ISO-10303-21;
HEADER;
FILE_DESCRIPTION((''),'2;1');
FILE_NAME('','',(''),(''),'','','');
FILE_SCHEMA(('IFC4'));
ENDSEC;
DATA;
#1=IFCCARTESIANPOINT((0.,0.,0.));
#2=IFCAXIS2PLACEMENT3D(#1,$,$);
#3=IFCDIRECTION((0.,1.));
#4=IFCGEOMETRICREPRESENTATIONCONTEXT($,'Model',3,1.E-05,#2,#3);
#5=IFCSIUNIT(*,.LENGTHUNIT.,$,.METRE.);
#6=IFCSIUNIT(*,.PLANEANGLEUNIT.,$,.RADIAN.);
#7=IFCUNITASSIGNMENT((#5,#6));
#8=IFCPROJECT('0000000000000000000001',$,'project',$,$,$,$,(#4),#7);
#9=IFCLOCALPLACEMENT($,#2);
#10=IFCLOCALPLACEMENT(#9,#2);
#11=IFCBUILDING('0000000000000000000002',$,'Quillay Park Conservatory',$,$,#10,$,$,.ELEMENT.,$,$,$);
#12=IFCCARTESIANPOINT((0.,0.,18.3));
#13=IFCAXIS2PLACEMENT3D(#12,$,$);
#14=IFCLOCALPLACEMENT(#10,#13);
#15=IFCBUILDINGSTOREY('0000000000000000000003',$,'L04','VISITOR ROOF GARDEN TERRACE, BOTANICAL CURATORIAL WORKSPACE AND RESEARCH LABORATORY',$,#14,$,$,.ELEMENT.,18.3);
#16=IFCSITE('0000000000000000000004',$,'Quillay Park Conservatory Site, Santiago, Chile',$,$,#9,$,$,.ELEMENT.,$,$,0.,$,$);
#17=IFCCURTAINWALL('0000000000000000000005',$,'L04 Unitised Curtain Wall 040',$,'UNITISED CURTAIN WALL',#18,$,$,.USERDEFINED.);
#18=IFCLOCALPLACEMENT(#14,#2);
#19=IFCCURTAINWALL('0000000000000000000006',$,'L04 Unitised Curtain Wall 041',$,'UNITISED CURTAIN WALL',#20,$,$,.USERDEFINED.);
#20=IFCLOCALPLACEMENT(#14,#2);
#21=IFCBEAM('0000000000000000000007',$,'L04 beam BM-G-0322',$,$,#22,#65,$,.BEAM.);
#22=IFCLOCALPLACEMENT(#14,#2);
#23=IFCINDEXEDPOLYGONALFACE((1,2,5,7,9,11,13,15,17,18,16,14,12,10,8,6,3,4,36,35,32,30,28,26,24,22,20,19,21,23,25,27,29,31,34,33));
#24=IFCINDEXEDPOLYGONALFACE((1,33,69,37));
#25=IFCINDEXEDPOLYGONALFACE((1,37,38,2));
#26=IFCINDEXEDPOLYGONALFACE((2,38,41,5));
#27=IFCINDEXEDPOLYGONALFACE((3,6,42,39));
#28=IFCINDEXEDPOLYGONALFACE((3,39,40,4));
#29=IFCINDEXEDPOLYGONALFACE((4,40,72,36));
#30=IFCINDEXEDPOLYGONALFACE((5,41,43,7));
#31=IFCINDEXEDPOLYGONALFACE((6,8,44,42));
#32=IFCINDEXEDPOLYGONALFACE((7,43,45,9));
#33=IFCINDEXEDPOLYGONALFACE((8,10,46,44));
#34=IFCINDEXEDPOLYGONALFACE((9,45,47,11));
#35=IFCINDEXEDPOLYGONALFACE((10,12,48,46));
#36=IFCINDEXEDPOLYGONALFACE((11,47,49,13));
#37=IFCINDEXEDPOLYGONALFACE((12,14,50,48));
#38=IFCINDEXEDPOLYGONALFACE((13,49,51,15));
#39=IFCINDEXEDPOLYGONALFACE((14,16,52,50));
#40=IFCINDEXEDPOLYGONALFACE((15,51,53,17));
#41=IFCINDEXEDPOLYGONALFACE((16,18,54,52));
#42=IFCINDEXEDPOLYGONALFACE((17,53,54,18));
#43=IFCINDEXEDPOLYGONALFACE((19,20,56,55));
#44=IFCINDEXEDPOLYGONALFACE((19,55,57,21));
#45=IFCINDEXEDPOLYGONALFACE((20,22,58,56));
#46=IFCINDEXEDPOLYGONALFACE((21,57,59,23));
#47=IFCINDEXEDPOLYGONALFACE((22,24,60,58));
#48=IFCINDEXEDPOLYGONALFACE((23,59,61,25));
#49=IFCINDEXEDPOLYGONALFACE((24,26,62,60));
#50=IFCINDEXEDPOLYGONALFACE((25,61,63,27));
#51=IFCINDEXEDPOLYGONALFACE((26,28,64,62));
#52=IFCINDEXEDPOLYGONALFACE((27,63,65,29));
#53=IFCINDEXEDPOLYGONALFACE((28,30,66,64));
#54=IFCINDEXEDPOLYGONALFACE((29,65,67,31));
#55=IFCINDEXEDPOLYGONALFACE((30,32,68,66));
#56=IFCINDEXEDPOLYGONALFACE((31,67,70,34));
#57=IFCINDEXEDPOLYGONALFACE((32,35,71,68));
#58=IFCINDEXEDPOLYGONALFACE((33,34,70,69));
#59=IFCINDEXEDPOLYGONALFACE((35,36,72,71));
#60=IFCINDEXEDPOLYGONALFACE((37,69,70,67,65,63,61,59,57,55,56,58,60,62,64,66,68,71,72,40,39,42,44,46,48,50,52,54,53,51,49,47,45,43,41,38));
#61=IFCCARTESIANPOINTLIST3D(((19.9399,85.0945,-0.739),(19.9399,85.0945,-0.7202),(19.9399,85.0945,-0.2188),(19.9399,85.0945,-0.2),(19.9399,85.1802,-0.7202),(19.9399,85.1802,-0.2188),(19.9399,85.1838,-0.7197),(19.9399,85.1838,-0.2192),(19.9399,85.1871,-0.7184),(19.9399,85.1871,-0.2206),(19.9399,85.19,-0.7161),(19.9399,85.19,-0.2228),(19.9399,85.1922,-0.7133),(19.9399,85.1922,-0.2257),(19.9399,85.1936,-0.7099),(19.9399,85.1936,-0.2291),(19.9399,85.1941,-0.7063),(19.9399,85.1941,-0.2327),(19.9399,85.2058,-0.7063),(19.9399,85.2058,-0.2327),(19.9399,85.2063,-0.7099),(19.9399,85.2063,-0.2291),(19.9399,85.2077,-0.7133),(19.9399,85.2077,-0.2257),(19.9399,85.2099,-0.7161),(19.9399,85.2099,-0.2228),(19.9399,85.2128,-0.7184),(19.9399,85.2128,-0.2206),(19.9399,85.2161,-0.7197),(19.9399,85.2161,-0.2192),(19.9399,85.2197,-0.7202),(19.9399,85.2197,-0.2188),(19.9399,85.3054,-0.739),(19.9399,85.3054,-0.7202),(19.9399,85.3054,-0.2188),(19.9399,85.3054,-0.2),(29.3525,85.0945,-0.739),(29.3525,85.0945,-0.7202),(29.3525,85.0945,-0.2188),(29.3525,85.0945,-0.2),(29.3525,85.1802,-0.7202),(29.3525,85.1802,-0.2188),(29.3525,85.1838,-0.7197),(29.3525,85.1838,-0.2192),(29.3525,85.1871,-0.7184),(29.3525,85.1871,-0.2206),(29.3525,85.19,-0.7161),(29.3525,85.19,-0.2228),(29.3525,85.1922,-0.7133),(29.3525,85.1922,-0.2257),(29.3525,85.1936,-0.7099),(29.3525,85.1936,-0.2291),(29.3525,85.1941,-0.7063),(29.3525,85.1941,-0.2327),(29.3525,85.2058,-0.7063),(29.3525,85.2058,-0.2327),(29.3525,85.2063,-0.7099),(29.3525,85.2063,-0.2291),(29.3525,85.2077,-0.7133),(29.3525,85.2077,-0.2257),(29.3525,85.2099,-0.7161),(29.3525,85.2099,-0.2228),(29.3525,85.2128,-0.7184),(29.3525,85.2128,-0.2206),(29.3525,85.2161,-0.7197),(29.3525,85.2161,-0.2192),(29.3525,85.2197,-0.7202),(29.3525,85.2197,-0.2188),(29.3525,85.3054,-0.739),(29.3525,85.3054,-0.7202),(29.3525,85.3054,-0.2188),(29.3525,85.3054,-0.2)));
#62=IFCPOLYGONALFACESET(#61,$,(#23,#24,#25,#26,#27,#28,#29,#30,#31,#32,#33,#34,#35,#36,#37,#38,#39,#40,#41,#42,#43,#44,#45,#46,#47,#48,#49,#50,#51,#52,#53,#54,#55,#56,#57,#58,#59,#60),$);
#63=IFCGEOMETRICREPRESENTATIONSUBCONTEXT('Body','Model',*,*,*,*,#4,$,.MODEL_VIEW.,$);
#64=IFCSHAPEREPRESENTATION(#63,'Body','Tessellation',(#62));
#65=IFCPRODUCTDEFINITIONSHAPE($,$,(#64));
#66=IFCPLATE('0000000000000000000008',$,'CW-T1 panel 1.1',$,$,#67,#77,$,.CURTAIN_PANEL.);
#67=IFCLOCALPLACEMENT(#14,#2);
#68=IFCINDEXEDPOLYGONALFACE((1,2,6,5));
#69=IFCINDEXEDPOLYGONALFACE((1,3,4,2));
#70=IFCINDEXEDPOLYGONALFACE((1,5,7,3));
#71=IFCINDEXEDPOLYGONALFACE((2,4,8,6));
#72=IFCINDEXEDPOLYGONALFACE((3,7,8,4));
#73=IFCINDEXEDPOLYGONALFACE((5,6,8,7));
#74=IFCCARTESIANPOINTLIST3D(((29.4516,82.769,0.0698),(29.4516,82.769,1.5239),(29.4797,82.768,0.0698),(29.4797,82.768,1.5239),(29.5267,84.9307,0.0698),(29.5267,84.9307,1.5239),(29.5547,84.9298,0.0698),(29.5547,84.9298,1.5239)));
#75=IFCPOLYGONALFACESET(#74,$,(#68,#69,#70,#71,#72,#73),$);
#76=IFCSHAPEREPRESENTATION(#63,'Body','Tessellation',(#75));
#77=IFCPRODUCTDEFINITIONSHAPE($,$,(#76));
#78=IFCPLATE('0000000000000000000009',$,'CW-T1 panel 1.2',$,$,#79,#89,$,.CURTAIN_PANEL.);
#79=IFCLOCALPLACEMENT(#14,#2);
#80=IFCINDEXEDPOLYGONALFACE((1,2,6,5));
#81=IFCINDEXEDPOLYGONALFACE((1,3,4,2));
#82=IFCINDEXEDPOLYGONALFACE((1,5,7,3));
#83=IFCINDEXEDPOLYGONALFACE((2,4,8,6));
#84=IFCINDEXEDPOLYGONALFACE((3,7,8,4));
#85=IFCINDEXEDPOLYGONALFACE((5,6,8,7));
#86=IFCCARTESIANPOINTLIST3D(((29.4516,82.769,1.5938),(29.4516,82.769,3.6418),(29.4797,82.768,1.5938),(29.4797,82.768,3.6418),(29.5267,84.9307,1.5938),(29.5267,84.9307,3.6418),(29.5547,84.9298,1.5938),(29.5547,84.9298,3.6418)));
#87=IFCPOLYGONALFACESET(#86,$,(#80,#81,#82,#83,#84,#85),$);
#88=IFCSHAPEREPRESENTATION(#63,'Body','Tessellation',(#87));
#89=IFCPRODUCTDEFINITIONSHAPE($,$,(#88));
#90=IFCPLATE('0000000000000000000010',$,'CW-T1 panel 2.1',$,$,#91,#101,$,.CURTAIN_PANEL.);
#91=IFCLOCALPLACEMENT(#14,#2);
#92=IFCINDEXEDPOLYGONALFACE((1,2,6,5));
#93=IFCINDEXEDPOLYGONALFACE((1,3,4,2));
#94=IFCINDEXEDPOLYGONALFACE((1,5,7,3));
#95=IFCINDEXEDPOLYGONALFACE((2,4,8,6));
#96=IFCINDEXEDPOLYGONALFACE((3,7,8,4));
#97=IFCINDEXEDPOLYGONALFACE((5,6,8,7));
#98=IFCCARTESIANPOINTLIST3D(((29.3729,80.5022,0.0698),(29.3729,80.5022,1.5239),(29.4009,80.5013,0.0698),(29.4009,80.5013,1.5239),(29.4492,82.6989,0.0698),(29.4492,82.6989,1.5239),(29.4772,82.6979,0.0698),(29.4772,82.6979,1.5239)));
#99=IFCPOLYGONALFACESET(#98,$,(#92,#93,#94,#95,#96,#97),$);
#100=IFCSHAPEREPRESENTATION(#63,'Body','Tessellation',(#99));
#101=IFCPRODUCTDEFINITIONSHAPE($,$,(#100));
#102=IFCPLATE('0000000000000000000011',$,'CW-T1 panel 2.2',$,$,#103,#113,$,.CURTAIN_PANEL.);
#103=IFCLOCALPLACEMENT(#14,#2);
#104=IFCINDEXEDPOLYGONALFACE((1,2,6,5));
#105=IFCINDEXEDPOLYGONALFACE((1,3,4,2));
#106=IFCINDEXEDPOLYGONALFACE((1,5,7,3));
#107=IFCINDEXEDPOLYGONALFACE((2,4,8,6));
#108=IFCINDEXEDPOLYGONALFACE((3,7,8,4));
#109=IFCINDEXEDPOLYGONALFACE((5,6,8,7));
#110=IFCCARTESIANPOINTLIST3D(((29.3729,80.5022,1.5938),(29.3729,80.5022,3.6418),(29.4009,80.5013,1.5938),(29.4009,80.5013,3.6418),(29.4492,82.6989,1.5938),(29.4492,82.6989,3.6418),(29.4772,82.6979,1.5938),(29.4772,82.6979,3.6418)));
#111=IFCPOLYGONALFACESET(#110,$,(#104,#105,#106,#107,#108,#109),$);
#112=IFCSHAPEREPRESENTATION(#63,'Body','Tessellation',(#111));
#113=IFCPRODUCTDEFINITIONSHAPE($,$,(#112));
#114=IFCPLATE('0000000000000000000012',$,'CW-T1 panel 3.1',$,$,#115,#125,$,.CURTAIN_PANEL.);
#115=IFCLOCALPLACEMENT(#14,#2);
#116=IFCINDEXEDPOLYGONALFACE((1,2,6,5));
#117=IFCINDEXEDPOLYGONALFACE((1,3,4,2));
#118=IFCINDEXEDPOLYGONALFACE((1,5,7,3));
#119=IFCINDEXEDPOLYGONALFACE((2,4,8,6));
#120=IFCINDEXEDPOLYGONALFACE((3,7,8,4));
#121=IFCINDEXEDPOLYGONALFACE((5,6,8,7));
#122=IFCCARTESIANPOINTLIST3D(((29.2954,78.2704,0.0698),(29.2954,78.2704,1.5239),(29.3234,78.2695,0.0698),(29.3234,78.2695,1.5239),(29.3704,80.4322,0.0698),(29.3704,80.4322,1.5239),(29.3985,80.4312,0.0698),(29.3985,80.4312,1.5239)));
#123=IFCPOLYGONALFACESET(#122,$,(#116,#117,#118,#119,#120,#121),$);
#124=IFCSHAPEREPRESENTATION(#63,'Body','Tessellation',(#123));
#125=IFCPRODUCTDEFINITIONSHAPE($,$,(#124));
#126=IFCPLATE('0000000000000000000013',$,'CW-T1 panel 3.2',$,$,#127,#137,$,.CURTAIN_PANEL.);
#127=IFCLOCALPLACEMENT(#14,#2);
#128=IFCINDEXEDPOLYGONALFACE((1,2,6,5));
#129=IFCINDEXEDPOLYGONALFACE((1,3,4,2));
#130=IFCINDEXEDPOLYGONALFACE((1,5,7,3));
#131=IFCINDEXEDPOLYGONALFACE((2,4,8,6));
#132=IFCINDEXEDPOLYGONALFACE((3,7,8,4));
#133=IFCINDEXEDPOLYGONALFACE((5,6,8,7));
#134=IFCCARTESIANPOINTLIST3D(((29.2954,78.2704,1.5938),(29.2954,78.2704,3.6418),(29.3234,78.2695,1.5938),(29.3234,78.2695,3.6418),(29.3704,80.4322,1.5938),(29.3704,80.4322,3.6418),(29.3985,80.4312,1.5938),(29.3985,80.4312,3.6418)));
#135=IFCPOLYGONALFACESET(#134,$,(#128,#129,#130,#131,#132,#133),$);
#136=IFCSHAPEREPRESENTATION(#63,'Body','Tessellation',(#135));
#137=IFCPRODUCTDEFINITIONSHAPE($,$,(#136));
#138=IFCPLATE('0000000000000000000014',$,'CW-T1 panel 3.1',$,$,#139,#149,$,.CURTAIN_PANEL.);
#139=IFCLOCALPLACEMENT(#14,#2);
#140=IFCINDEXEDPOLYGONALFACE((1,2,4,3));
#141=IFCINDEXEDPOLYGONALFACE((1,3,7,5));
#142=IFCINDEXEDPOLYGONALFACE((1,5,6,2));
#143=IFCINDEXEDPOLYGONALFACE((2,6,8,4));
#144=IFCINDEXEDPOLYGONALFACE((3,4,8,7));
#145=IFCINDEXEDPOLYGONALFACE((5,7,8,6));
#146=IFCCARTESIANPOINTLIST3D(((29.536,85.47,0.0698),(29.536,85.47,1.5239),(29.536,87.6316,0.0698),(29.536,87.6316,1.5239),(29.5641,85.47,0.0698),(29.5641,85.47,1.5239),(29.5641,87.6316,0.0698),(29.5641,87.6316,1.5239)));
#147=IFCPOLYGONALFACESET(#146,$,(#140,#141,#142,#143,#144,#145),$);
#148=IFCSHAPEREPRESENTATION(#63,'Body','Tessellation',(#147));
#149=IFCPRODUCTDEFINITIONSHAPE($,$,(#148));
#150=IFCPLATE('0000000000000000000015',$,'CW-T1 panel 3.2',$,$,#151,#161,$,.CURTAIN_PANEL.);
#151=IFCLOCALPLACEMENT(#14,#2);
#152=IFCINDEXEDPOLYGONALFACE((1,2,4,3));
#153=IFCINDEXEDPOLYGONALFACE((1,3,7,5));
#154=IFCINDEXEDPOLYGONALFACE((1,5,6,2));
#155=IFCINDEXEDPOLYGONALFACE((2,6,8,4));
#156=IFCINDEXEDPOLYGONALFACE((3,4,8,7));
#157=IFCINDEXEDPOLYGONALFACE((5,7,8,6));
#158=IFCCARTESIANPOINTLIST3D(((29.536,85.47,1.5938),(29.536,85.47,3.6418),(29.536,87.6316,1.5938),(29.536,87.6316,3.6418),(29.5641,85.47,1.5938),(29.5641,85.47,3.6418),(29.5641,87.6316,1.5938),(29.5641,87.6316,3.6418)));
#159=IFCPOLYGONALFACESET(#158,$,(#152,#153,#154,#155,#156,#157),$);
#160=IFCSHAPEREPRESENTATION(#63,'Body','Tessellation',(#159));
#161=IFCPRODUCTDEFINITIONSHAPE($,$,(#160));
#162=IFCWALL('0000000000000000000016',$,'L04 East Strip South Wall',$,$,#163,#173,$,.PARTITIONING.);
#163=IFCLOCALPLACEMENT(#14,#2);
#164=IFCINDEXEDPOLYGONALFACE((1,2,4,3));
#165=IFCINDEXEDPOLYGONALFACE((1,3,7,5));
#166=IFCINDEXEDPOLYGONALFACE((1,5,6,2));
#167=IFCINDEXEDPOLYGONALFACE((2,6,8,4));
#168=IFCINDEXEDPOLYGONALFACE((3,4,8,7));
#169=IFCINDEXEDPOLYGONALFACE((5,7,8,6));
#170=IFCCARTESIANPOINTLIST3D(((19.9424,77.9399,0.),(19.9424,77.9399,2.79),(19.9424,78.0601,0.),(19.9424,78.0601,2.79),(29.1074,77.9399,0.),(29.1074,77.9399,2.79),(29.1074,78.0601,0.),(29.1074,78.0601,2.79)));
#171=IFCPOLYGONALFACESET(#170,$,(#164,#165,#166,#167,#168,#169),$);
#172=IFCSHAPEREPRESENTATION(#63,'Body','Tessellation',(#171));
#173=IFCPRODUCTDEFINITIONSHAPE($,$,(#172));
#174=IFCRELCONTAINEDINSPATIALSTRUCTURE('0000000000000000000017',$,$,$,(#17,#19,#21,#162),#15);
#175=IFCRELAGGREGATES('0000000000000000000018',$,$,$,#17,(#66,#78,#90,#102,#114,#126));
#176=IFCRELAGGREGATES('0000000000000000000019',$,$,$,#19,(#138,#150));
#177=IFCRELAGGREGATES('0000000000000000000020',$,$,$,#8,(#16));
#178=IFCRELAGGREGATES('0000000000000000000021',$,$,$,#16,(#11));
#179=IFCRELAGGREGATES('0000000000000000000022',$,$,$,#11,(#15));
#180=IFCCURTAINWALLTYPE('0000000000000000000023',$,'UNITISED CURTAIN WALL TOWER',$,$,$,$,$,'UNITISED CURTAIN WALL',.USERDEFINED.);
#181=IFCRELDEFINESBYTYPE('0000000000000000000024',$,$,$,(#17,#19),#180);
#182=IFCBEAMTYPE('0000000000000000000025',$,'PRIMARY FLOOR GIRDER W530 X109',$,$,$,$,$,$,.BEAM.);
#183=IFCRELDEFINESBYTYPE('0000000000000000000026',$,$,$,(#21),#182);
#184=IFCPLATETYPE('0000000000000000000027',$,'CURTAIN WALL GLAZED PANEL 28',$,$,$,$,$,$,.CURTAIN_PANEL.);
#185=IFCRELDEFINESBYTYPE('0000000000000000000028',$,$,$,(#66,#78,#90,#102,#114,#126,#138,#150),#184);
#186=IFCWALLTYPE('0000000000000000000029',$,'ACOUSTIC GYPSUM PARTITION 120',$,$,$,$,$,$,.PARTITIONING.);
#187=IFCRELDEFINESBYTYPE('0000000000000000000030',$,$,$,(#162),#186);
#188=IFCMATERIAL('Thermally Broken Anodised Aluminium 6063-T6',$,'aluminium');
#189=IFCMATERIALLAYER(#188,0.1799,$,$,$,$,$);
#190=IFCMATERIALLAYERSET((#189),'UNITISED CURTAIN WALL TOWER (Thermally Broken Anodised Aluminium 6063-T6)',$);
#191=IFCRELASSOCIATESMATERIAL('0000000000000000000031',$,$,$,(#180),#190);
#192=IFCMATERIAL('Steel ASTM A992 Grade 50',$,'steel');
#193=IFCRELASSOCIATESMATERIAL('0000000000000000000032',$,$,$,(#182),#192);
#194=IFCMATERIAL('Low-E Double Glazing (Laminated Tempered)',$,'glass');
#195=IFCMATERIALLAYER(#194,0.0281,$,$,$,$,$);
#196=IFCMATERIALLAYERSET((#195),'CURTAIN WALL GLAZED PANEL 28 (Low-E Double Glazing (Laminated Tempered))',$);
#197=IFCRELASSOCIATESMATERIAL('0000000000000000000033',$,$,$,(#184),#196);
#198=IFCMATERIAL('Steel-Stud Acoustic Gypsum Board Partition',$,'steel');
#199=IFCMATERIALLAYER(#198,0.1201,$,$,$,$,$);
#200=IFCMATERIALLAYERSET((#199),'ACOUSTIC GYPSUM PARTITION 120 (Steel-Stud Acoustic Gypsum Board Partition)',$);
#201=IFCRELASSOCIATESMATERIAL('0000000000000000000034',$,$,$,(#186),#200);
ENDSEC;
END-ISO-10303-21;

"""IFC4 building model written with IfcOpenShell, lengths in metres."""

from ifc_helpers import new_model, si_unit, direction, frame, frame_2d, origin, origin_2d, place, context, subcontext, project, spatial, rectangle, i_section, extrude, material, layer, layer_set, material_profile, profile_set, type_object, element, aggregate, save


model = new_model("IFC4")

# Units and contexts
model_context = context("Model", 3, precision=1e-05, world=origin(), true_north=direction((0.0, 1.0)))
body_context = subcontext(model_context, "Body", "Model", "MODEL_VIEW")
ifc_project = project(units=[si_unit("LENGTHUNIT", "METRE"), si_unit("PLANEANGLEUNIT", "RADIAN")], contexts=[model_context])

# Site, building, storey
site_placement = place(None, origin())
site = spatial("IfcSite", under=ifc_project, at=site_placement, Name="Quillay Park Conservatory Site, Santiago, Chile", CompositionType="ELEMENT", RefElevation=0.0)
building_placement = place(site_placement, origin())
building = spatial("IfcBuilding", under=site, at=building_placement, Name="Quillay Park Conservatory", CompositionType="ELEMENT")
storey_placement = place(building_placement, frame((0.0, 0.0, 18.3)))
storey = spatial("IfcBuildingStorey", under=building, at=storey_placement, Name="L04", Description="VISITOR ROOF GARDEN TERRACE, BOTANICAL CURATORIAL WORKSPACE AND RESEARCH LABORATORY", CompositionType="ELEMENT", Elevation=18.3)

# Shared definitions
ifc_material_1 = material(Name="Thermally Broken Anodised Aluminium 6063-T6", Category="aluminium")
ifc_layer_1 = layer(ifc_material_1, 0.1799)
ifc_layer_set_1 = layer_set([ifc_layer_1], Name="UNITISED CURTAIN WALL TOWER (Thermally Broken Anodised Aluminium 6063-T6)")
curtain_wall_type = type_object("IfcCurtainWallType", Name="UNITISED CURTAIN WALL TOWER", ElementType="UNITISED CURTAIN WALL", PredefinedType="USERDEFINED", material=ifc_layer_set_1)

# Curtain wall
curtain_wall_1_placement = place(storey_placement, origin())
curtain_wall_1 = element("IfcCurtainWall", 1, at=curtain_wall_1_placement, inside=storey, type_object=curtain_wall_type, Name="L04 Unitised Curtain Wall 040", ObjectType="UNITISED CURTAIN WALL", PredefinedType="USERDEFINED")

# Curtain wall
curtain_wall_2_placement = place(storey_placement, origin())
curtain_wall_2 = element("IfcCurtainWall", 2, at=curtain_wall_2_placement, inside=storey, type_object=curtain_wall_type, Name="L04 Unitised Curtain Wall 041", ObjectType="UNITISED CURTAIN WALL", PredefinedType="USERDEFINED")

# Beam
ifc_material_2 = material(Name="Steel ASTM A992 Grade 50", Category="steel")
ifc_material_profile_1 = material_profile(ifc_material_2, i_section(OverallWidth=0.2109, OverallDepth=0.5391, WebThickness=0.0117, FlangeThickness=0.0188, FilletRadius=0.0139, at=origin_2d()), Name="W530x109")
ifc_profile_set_1 = profile_set([ifc_material_profile_1], Name="Steel ASTM A992 Grade 50")
beam_type_1 = type_object("IfcBeamType", Name="PRIMARY FLOOR GIRDER W530 X109", PredefinedType="BEAM", material=ifc_profile_set_1)
beam_1_placement = place(storey_placement, frame((19.9399, 85.2, -0.4695), z_axis=(1.0, 0.0, 0.0), x_axis=(0.0, 1.0, 0.0)))
element("IfcBeam", 3, at=beam_1_placement, inside=storey, type_object=beam_type_1, Name="L04 beam BM-G-0322", PredefinedType="BEAM", context=body_context, shape_type="SweptSolid", body=[
    extrude(i_section(OverallWidth=0.2109, OverallDepth=0.5391, WebThickness=0.0117, FlangeThickness=0.0188, FilletRadius=0.0139, at=origin_2d()), origin(), (0.0, 0.0, 1.0), 9.4126),
])

# Plates
ifc_material_3 = material(Name="Low-E Double Glazing (Laminated Tempered)", Category="glass")
ifc_layer_2 = layer(ifc_material_3, 0.0281)
ifc_layer_set_2 = layer_set([ifc_layer_2], Name="CURTAIN WALL GLAZED PANEL 28 (Low-E Double Glazing (Laminated Tempered))")
plate_type = type_object("IfcPlateType", Name="CURTAIN WALL GLAZED PANEL 28", PredefinedType="CURTAIN_PANEL", material=ifc_layer_set_2)
plate_1_placement = place(storey_placement, frame((29.5032, 83.8494, 0.0698), z_axis=(0.0, 0.0, 1.0), x_axis=(-0.034713, -0.999397, 0.0)))
plate_1 = element("IfcPlate", 4, at=plate_1_placement, type_object=plate_type, Name="CW-T1 panel 1.1", PredefinedType="CURTAIN_PANEL", context=body_context, shape_type="SweptSolid", body=[
    extrude(rectangle(XDim=2.1631, YDim=0.0281, at=origin_2d()), origin(), (0.0, 0.0, 1.0), 1.4541),
])
plate_2_placement = place(storey_placement, frame((29.5032, 83.8494, 1.5938), z_axis=(0.0, 0.0, 1.0), x_axis=(-0.034713, -0.999397, 0.0)))
plate_2 = element("IfcPlate", 5, at=plate_2_placement, type_object=plate_type, Name="CW-T1 panel 1.2", PredefinedType="CURTAIN_PANEL", context=body_context, shape_type="SweptSolid", body=[
    extrude(rectangle(XDim=2.1631, YDim=0.0281, at=origin_2d()), origin(), (0.0, 0.0, 1.0), 2.0481),
])
plate_3_placement = place(storey_placement, frame((29.425, 81.6001, 0.0698), z_axis=(0.0, 0.0, 1.0), x_axis=(-0.034713, -0.999397, 0.0)))
plate_3 = element("IfcPlate", 6, at=plate_3_placement, type_object=plate_type, Name="CW-T1 panel 2.1", PredefinedType="CURTAIN_PANEL", context=body_context, shape_type="SweptSolid", body=[
    extrude(rectangle(XDim=2.198, YDim=0.0281, at=origin_2d()), origin(), (0.0, 0.0, 1.0), 1.4541),
])
plate_4_placement = place(storey_placement, frame((29.425, 81.6001, 1.5938), z_axis=(0.0, 0.0, 1.0), x_axis=(-0.034713, -0.999397, 0.0)))
plate_4 = element("IfcPlate", 7, at=plate_4_placement, type_object=plate_type, Name="CW-T1 panel 2.2", PredefinedType="CURTAIN_PANEL", context=body_context, shape_type="SweptSolid", body=[
    extrude(rectangle(XDim=2.198, YDim=0.0281, at=origin_2d()), origin(), (0.0, 0.0, 1.0), 2.0481),
])
plate_5_placement = place(storey_placement, frame((29.3469, 79.3508, 0.0698), z_axis=(0.0, 0.0, 1.0), x_axis=(-0.034713, -0.999397, 0.0)))
plate_5 = element("IfcPlate", 8, at=plate_5_placement, type_object=plate_type, Name="CW-T1 panel 3.1", PredefinedType="CURTAIN_PANEL", context=body_context, shape_type="SweptSolid", body=[
    extrude(rectangle(XDim=2.1631, YDim=0.0281, at=origin_2d()), origin(), (0.0, 0.0, 1.0), 1.4541),
])
plate_6_placement = place(storey_placement, frame((29.3469, 79.3508, 1.5938), z_axis=(0.0, 0.0, 1.0), x_axis=(-0.034713, -0.999397, 0.0)))
plate_6 = element("IfcPlate", 9, at=plate_6_placement, type_object=plate_type, Name="CW-T1 panel 3.2", PredefinedType="CURTAIN_PANEL", context=body_context, shape_type="SweptSolid", body=[
    extrude(rectangle(XDim=2.1631, YDim=0.0281, at=origin_2d()), origin(), (0.0, 0.0, 1.0), 2.0481),
])
aggregate(curtain_wall_1, [plate_1, plate_2, plate_3, plate_4, plate_5, plate_6])
plate_7_placement = place(storey_placement, frame((29.55, 86.5508, 0.0698), z_axis=(0.0, 0.0, 1.0), x_axis=(0.0, -1.0, 0.0)))
plate_7 = element("IfcPlate", 10, at=plate_7_placement, type_object=plate_type, Name="CW-T1 panel 3.1", PredefinedType="CURTAIN_PANEL", context=body_context, shape_type="SweptSolid", body=[
    extrude(rectangle(XDim=2.1616, YDim=0.0281, at=origin_2d()), origin(), (0.0, 0.0, 1.0), 1.4541),
])
plate_8_placement = place(storey_placement, frame((29.55, 86.5508, 1.5938), z_axis=(0.0, 0.0, 1.0), x_axis=(0.0, -1.0, 0.0)))
plate_8 = element("IfcPlate", 11, at=plate_8_placement, type_object=plate_type, Name="CW-T1 panel 3.2", PredefinedType="CURTAIN_PANEL", context=body_context, shape_type="SweptSolid", body=[
    extrude(rectangle(XDim=2.1616, YDim=0.0281, at=origin_2d()), origin(), (0.0, 0.0, 1.0), 2.0481),
])
aggregate(curtain_wall_2, [plate_7, plate_8])

# Wall
ifc_material_4 = material(Name="Steel-Stud Acoustic Gypsum Board Partition", Category="steel")
ifc_layer_3 = layer(ifc_material_4, 0.1201)
ifc_layer_set_3 = layer_set([ifc_layer_3], Name="ACOUSTIC GYPSUM PARTITION 120 (Steel-Stud Acoustic Gypsum Board Partition)")
wall_type = type_object("IfcWallType", Name="ACOUSTIC GYPSUM PARTITION 120", PredefinedType="PARTITIONING", material=ifc_layer_set_3)
wall_placement = place(storey_placement, frame((29.1074, 78.0, 0.0), z_axis=(0.0, 0.0, 1.0), x_axis=(-1.0, 0.0, 0.0)))
element("IfcWall", 12, at=wall_placement, inside=storey, type_object=wall_type, Name="L04 East Strip South Wall", PredefinedType="PARTITIONING", context=body_context, shape_type="SweptSolid", body=[
    extrude(rectangle(XDim=9.165, YDim=0.1201, at=frame_2d((4.5825, 0.0))), origin(), (0.0, 0.0, 1.0), 2.79),
])

save(model, "model.ifc")
